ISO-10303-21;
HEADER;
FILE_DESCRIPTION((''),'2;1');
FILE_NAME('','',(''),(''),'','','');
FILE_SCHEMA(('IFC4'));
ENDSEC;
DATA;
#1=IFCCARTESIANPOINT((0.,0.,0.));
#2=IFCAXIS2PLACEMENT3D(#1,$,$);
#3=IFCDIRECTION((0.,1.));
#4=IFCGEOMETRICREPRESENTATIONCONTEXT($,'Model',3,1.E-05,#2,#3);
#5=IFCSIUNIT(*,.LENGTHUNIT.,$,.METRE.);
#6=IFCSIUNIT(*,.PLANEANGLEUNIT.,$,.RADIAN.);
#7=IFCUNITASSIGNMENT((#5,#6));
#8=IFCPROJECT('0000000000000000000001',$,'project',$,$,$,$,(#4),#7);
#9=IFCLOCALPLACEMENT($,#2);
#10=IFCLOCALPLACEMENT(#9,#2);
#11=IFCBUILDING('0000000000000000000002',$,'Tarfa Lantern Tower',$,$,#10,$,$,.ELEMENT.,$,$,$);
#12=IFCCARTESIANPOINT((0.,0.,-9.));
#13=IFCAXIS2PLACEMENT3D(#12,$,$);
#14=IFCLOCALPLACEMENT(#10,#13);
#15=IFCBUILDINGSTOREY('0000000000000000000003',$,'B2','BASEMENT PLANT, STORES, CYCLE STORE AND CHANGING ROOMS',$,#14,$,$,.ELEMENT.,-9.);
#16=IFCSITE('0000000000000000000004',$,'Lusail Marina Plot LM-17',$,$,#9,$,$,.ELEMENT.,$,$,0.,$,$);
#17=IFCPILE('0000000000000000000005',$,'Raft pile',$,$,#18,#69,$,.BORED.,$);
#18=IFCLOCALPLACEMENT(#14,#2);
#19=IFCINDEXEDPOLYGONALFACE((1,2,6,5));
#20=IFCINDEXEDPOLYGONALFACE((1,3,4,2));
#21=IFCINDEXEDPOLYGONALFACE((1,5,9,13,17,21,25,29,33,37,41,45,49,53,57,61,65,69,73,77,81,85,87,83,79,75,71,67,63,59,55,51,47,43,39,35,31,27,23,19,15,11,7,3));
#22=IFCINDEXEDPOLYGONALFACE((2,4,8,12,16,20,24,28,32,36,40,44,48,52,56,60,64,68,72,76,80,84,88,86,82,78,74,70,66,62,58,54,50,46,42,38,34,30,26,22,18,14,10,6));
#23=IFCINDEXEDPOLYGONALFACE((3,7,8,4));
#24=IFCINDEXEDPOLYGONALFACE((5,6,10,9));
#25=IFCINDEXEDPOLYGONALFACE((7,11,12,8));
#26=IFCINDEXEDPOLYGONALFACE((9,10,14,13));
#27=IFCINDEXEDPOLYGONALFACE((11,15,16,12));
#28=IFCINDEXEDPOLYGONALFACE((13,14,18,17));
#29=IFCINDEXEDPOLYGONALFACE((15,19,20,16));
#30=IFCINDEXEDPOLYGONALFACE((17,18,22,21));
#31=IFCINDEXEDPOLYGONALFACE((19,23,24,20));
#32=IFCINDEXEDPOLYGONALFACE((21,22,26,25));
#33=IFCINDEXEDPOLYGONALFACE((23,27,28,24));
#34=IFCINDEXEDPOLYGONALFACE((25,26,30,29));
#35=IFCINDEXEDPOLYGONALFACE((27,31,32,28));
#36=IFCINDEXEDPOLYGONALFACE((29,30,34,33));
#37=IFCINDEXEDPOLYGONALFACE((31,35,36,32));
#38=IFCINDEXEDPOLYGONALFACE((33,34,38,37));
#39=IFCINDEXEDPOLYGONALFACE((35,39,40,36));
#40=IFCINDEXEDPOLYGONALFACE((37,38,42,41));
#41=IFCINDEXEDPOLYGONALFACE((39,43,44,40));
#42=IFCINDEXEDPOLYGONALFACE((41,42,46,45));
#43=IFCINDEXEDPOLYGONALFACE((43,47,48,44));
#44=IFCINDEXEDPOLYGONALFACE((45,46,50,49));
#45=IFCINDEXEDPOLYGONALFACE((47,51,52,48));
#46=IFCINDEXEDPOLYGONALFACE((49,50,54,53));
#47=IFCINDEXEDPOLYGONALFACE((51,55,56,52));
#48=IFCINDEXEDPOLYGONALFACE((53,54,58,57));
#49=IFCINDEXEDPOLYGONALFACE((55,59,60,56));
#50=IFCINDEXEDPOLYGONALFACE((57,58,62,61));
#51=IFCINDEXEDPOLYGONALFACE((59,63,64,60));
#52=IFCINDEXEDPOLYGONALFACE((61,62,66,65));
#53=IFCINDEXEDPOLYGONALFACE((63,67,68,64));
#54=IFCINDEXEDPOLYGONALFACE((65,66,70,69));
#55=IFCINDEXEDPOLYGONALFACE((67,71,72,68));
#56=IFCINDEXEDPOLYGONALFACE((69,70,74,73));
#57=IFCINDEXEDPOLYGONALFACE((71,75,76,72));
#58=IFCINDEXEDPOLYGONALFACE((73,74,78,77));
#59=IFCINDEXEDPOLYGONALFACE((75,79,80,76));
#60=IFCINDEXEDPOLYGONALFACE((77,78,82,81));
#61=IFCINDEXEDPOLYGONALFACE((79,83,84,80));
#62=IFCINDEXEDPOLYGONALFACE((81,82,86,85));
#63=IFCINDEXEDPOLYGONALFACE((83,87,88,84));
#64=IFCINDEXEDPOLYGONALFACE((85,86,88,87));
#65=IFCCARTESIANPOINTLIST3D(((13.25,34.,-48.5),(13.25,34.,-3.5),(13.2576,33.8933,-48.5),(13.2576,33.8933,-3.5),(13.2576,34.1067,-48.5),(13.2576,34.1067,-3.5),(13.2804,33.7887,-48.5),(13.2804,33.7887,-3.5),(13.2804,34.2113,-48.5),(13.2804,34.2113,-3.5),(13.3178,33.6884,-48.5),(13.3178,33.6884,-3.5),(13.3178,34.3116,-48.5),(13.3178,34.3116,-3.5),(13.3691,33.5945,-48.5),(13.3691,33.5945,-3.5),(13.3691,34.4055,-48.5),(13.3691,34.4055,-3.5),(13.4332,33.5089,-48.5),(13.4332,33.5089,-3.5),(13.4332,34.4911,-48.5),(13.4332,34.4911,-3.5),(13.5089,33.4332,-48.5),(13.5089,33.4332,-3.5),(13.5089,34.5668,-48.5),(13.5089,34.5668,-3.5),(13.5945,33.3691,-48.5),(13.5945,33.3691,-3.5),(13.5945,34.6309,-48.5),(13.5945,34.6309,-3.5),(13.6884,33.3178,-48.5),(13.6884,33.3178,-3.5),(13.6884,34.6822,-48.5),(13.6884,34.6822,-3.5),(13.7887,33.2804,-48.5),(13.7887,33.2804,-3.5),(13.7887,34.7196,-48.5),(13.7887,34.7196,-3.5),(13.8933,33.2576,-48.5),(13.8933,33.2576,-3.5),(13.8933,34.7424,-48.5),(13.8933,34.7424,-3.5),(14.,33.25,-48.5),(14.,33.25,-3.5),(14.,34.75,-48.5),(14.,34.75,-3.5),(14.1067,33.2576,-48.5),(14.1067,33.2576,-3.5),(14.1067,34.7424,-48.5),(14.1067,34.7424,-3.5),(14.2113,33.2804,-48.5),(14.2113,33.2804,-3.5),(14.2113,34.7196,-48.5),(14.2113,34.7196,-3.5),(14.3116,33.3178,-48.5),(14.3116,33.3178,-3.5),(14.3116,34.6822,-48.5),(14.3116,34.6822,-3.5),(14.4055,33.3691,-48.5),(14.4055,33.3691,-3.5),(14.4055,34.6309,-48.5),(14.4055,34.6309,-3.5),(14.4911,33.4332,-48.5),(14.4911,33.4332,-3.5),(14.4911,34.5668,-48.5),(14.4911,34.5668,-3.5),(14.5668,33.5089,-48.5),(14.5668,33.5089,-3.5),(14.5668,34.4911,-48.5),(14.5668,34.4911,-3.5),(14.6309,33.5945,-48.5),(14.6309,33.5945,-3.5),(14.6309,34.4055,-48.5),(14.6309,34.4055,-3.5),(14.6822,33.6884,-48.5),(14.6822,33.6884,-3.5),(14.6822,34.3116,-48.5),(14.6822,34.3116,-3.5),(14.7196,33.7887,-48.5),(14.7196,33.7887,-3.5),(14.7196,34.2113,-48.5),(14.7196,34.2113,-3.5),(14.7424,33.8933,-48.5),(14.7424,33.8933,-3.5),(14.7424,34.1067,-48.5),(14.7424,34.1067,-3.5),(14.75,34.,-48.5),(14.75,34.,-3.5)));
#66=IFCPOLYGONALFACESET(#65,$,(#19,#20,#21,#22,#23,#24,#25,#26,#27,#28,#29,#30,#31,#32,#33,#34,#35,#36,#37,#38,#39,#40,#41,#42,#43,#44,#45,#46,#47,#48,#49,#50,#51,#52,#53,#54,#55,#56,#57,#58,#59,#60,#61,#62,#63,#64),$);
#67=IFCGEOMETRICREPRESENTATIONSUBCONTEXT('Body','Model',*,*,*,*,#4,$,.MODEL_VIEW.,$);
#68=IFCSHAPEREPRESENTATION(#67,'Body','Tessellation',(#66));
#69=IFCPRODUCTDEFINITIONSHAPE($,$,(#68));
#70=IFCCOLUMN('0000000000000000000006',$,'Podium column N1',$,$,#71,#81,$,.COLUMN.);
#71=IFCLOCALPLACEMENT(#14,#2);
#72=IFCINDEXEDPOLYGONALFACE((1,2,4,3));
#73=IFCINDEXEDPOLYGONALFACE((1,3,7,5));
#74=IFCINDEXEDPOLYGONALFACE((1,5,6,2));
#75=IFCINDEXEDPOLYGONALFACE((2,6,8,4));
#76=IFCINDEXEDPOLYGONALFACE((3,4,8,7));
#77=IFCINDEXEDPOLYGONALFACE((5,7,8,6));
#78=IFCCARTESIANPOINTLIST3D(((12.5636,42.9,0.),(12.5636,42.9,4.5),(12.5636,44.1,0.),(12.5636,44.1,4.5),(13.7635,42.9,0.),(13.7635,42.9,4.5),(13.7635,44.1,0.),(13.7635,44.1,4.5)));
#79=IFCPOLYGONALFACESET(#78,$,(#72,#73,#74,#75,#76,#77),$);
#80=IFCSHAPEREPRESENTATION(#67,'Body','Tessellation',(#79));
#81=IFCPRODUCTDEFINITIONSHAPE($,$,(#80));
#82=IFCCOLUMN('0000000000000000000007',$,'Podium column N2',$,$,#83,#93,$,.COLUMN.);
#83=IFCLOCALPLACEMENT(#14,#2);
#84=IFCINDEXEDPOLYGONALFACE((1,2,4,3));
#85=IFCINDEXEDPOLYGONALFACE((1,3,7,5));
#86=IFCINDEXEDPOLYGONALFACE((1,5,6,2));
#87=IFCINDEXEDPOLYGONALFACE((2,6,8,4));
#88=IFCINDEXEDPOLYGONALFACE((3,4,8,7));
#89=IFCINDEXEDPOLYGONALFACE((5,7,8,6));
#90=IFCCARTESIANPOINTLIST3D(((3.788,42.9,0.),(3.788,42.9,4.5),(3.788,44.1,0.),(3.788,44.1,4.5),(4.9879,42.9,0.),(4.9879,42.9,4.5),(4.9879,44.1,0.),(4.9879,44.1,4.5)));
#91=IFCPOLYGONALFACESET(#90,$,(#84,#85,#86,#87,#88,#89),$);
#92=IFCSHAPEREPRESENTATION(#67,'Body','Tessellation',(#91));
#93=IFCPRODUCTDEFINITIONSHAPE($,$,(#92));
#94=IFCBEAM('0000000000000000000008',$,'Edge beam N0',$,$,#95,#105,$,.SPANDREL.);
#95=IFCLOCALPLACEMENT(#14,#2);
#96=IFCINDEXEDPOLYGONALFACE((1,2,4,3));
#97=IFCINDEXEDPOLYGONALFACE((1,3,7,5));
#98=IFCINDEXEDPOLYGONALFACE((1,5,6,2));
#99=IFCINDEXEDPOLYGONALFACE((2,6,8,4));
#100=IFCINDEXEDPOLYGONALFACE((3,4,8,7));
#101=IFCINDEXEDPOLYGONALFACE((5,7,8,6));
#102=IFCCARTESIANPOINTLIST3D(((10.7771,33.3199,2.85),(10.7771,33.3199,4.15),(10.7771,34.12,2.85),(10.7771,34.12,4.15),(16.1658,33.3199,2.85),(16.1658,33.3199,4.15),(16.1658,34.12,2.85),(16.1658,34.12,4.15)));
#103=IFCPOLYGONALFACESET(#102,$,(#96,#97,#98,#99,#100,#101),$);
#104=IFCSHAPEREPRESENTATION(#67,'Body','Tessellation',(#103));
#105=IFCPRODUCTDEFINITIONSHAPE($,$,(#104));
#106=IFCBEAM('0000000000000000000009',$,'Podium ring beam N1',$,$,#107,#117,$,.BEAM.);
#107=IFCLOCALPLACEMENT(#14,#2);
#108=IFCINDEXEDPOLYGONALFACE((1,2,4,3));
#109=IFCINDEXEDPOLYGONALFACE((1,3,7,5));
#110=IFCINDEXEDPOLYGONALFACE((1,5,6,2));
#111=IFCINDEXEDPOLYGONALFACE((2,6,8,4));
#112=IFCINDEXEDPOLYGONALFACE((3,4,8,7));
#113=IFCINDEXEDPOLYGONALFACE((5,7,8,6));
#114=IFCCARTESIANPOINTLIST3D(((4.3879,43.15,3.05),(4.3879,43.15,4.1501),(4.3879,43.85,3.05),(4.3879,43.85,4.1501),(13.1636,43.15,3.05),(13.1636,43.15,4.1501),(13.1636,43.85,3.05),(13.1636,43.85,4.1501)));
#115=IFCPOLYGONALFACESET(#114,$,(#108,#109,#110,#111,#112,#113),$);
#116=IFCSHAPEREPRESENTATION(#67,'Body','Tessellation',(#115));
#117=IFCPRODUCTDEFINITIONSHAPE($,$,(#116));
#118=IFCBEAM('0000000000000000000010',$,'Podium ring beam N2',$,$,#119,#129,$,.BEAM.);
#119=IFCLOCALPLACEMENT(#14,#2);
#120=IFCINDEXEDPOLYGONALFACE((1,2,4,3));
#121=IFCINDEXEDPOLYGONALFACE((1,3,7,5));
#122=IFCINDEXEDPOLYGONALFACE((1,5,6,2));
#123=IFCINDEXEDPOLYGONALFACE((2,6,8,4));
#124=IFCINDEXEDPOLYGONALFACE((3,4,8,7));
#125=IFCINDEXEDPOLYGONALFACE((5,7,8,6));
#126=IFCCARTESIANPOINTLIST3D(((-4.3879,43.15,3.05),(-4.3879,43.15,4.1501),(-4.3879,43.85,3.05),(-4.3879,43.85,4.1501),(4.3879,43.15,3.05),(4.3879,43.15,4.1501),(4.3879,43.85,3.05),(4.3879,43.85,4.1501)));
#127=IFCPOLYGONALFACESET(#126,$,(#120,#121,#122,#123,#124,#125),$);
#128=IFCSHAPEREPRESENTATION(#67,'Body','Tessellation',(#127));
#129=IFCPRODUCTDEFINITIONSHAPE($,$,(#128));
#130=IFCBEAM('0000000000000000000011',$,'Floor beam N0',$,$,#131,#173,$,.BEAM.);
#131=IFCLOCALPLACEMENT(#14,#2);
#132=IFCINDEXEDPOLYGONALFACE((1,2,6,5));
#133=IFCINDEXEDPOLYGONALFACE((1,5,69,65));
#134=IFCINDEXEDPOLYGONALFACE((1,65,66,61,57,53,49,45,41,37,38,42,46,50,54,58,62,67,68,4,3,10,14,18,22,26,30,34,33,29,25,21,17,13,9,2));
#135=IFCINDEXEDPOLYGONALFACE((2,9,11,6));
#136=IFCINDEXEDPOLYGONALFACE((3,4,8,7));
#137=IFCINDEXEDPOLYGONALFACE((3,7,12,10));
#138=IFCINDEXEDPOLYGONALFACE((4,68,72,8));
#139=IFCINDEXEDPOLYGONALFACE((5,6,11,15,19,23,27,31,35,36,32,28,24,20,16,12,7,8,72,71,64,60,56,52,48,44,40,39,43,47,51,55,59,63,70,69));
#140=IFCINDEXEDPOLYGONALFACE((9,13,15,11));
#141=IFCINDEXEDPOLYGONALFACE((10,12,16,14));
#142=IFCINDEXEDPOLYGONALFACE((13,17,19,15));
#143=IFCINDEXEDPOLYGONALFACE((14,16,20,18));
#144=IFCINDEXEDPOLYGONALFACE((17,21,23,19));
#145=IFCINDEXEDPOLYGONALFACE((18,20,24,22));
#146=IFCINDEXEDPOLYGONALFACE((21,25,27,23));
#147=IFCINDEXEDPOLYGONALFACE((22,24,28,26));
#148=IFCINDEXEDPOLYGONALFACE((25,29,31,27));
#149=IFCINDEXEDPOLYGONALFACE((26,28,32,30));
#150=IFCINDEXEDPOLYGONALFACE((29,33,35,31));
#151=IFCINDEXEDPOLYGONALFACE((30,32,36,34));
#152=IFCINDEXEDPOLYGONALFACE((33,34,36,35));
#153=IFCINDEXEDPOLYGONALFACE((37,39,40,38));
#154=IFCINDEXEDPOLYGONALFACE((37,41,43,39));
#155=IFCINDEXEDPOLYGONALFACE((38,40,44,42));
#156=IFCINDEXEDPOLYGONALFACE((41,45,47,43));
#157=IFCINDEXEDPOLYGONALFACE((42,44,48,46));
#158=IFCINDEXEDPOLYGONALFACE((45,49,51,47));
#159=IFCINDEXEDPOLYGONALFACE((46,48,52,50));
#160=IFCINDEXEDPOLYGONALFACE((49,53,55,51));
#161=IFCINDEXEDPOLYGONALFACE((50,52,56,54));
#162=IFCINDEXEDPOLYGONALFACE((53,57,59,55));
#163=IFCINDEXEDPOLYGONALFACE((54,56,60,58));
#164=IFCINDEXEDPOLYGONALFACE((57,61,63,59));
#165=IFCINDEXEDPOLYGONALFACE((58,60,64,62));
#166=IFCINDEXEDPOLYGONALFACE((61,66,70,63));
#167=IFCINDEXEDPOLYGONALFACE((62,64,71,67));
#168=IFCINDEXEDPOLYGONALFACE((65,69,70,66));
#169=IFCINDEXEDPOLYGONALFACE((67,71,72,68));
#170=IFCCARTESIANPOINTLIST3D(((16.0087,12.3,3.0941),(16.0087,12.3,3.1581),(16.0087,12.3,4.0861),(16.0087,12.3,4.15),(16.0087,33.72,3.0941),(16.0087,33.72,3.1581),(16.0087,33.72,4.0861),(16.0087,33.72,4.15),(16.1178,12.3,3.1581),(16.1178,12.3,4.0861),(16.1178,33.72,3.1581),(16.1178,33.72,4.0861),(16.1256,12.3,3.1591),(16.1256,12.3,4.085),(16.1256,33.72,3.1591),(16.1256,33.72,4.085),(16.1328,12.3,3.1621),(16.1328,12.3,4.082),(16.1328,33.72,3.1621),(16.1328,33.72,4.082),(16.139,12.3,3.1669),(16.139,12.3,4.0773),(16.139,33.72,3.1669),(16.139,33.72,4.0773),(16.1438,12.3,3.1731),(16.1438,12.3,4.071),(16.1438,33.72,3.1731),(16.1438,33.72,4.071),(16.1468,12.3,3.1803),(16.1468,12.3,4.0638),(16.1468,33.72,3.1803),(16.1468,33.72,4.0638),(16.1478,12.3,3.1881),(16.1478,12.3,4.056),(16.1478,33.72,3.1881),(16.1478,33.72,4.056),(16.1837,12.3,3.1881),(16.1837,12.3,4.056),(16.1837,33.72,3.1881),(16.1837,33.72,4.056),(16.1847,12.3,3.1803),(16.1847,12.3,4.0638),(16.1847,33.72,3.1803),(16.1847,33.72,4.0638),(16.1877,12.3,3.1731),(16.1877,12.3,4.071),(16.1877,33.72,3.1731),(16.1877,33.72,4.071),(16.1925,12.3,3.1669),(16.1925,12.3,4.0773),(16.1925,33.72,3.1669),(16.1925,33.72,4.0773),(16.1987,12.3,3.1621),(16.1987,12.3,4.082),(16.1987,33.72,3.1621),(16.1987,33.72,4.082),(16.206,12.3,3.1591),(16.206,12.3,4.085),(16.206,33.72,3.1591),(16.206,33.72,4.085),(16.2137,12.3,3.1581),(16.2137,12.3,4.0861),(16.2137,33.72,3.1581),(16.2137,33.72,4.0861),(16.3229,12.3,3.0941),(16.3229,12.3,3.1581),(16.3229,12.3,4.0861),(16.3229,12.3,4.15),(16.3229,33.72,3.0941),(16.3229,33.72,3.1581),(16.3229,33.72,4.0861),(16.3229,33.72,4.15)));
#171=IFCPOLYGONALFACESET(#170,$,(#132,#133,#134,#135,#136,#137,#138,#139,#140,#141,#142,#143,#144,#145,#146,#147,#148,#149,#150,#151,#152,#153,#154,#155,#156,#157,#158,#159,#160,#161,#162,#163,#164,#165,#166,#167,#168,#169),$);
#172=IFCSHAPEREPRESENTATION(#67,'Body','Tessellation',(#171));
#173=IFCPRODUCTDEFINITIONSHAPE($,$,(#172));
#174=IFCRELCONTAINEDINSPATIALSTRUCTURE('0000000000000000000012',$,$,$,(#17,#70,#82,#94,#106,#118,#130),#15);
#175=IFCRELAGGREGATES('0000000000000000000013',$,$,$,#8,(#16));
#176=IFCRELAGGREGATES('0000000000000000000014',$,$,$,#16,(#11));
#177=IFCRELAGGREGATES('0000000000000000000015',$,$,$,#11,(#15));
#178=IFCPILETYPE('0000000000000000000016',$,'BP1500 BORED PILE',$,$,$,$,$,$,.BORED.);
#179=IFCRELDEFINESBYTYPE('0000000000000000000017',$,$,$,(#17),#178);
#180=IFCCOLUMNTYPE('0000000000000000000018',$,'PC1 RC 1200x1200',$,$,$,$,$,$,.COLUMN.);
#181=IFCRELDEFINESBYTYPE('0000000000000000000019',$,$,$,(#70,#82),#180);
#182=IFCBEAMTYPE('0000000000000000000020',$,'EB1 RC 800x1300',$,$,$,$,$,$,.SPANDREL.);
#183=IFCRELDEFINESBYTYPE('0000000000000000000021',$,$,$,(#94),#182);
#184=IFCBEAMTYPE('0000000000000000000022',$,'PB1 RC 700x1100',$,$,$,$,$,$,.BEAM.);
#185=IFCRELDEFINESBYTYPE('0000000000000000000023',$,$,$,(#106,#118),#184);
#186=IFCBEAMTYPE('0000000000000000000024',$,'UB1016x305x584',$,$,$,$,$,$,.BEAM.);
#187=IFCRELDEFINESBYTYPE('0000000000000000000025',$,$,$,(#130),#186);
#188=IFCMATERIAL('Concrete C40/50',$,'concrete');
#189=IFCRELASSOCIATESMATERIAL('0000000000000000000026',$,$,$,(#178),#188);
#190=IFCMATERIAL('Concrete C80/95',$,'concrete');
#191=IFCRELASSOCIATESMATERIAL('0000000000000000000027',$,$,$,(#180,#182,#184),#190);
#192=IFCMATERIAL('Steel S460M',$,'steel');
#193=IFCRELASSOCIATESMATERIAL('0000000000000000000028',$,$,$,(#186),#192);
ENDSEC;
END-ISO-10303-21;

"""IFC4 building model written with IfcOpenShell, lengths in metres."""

from ifc_helpers import new_model, si_unit, direction, frame, origin, origin_2d, place, context, subcontext, project, spatial, rectangle, circle, i_section, extrude, material, material_profile, profile_set, type_object, element, save


model = new_model("IFC4")

# Units and contexts
model_context = context("Model", 3, precision=1e-05, world=origin(), true_north=direction((0.0, 1.0)))
body_context = subcontext(model_context, "Body", "Model", "MODEL_VIEW")
ifc_project = project(units=[si_unit("LENGTHUNIT", "METRE"), si_unit("PLANEANGLEUNIT", "RADIAN")], contexts=[model_context])

# Site, building, storey
site_placement = place(None, origin())
site = spatial("IfcSite", under=ifc_project, at=site_placement, Name="Lusail Marina Plot LM-17", CompositionType="ELEMENT", RefElevation=0.0)
building_placement = place(site_placement, origin())
building = spatial("IfcBuilding", under=site, at=building_placement, Name="Tarfa Lantern Tower", CompositionType="ELEMENT")
storey_placement = place(building_placement, frame((0.0, 0.0, -9.0)))
storey = spatial("IfcBuildingStorey", under=building, at=storey_placement, Name="B2", Description="BASEMENT PLANT, STORES, CYCLE STORE AND CHANGING ROOMS", CompositionType="ELEMENT", Elevation=-9.0)

# Pile
ifc_material_1 = material(Name="Concrete C40/50", Category="concrete")
ifc_material_profile_1 = material_profile(ifc_material_1, circle(Radius=0.75, at=origin_2d()), Name="BORED PILE D1500")
ifc_profile_set_1 = profile_set([ifc_material_profile_1], Name="Concrete C40/50")
pile_type_1 = type_object("IfcPileType", Name="BP1500 BORED PILE", PredefinedType="BORED", material=ifc_profile_set_1)
for number, where, z_axis, x_axis, name in (
    (1, (14.0, 34.0, -3.5), (0.0, 0.0, -1.0), (1.0, 0.0, 0.0), "Raft pile"),
):
    element("IfcPile", number, at=place(storey_placement, frame(where, z_axis=z_axis, x_axis=x_axis)), inside=storey, type_object=pile_type_1, Name=name, PredefinedType="BORED", context=body_context, shape_type="SweptSolid", body=[
        extrude(circle(Radius=0.75, at=origin_2d()), origin(), (0.0, 0.0, 1.0), 45.0),
    ])

# Columns
ifc_material_2 = material(Name="Concrete C80/95", Category="concrete")
ifc_material_profile_2 = material_profile(ifc_material_2, rectangle(XDim=1.2, YDim=1.2, at=origin_2d()), Name="RC 1200x1200")
ifc_profile_set_2 = profile_set([ifc_material_profile_2], Name="Concrete C80/95")
column_type = type_object("IfcColumnType", Name="PC1 RC 1200x1200", PredefinedType="COLUMN", material=ifc_profile_set_2)
for number, where, z_axis, x_axis, name in (
    (2, (13.1636, 43.5, 0.0), (0.0, 0.0, 1.0), (-1.0, 0.0, 0.0), "Podium column N1"),
    (3, (4.3879, 43.5, 0.0), (0.0, 0.0, 1.0), (-1.0, 0.0, 0.0), "Podium column N2"),
):
    element("IfcColumn", number, at=place(storey_placement, frame(where, z_axis=z_axis, x_axis=x_axis)), inside=storey, type_object=column_type, Name=name, PredefinedType="COLUMN", context=body_context, shape_type="SweptSolid", body=[
        extrude(rectangle(XDim=1.2, YDim=1.2, at=origin_2d()), origin(), (0.0, 0.0, 1.0), 4.5),
    ])

# Beams
ifc_material_profile_3 = material_profile(ifc_material_2, rectangle(XDim=0.8, YDim=1.3, at=origin_2d()), Name="RC 800x1300")
ifc_profile_set_3 = profile_set([ifc_material_profile_3], Name="Concrete C80/95")
beam_type_1 = type_object("IfcBeamType", Name="EB1 RC 800x1300", PredefinedType="SPANDREL", material=ifc_profile_set_3)
beam_1_placement = place(storey_placement, frame((16.1658, 33.72, 3.5), z_axis=(-1.0, 0.0, 0.0), x_axis=(0.0, -1.0, 0.0)))
element("IfcBeam", 4, at=beam_1_placement, inside=storey, type_object=beam_type_1, Name="Edge beam N0", PredefinedType="SPANDREL", context=body_context, shape_type="SweptSolid", body=[
    extrude(rectangle(XDim=0.8, YDim=1.3, at=origin_2d()), origin(), (0.0, 0.0, 1.0), 5.3887),
])
ifc_material_profile_4 = material_profile(ifc_material_2, rectangle(XDim=0.7, YDim=1.1001, at=origin_2d()), Name="RC 700x1100")
ifc_profile_set_4 = profile_set([ifc_material_profile_4], Name="Concrete C80/95")
beam_type_2 = type_object("IfcBeamType", Name="PB1 RC 700x1100", PredefinedType="BEAM", material=ifc_profile_set_4)
beam_2_placement = place(storey_placement, frame((13.1636, 43.5, 3.6001), z_axis=(-1.0, 0.0, 0.0), x_axis=(0.0, -1.0, 0.0)))
element("IfcBeam", 5, at=beam_2_placement, inside=storey, type_object=beam_type_2, Name="Podium ring beam N1", PredefinedType="BEAM", context=body_context, shape_type="SweptSolid", body=[
    extrude(rectangle(XDim=0.7, YDim=1.1001, at=origin_2d()), origin(), (0.0, 0.0, 1.0), 8.7756),
])
beam_3_placement = place(storey_placement, frame((4.3879, 43.5, 3.6001), z_axis=(-1.0, 0.0, 0.0), x_axis=(0.0, -1.0, 0.0)))
element("IfcBeam", 6, at=beam_3_placement, inside=storey, type_object=beam_type_2, Name="Podium ring beam N2", PredefinedType="BEAM", context=body_context, shape_type="SweptSolid", body=[
    extrude(rectangle(XDim=0.7, YDim=1.1001, at=origin_2d()), origin(), (0.0, 0.0, 1.0), 8.7759),
])
ifc_material_3 = material(Name="Steel S460M", Category="steel")
ifc_material_profile_5 = material_profile(ifc_material_3, i_section(OverallWidth=0.3142, OverallDepth=1.0559, WebThickness=0.0359, FlangeThickness=0.064, FilletRadius=0.03, at=origin_2d()), Name="UB1016x305x584")
ifc_profile_set_5 = profile_set([ifc_material_profile_5], Name="Steel S460M")
beam_type_3 = type_object("IfcBeamType", Name="UB1016x305x584", PredefinedType="BEAM", material=ifc_profile_set_5)
for number, where, z_axis, x_axis, name in (
    (7, (16.1658, 33.72, 3.6221), (0.0, -1.0, 0.0), (1.0, 0.0, 0.0), "Floor beam N0"),
):
    element("IfcBeam", number, at=place(storey_placement, frame(where, z_axis=z_axis, x_axis=x_axis)), inside=storey, type_object=beam_type_3, Name=name, PredefinedType="BEAM", context=body_context, shape_type="SweptSolid", body=[
        extrude(i_section(OverallWidth=0.3142, OverallDepth=1.0559, WebThickness=0.0359, FlangeThickness=0.064, FilletRadius=0.03, at=origin_2d()), origin(), (0.0, 0.0, 1.0), 21.4199),
    ])

save(model, "model.ifc")
